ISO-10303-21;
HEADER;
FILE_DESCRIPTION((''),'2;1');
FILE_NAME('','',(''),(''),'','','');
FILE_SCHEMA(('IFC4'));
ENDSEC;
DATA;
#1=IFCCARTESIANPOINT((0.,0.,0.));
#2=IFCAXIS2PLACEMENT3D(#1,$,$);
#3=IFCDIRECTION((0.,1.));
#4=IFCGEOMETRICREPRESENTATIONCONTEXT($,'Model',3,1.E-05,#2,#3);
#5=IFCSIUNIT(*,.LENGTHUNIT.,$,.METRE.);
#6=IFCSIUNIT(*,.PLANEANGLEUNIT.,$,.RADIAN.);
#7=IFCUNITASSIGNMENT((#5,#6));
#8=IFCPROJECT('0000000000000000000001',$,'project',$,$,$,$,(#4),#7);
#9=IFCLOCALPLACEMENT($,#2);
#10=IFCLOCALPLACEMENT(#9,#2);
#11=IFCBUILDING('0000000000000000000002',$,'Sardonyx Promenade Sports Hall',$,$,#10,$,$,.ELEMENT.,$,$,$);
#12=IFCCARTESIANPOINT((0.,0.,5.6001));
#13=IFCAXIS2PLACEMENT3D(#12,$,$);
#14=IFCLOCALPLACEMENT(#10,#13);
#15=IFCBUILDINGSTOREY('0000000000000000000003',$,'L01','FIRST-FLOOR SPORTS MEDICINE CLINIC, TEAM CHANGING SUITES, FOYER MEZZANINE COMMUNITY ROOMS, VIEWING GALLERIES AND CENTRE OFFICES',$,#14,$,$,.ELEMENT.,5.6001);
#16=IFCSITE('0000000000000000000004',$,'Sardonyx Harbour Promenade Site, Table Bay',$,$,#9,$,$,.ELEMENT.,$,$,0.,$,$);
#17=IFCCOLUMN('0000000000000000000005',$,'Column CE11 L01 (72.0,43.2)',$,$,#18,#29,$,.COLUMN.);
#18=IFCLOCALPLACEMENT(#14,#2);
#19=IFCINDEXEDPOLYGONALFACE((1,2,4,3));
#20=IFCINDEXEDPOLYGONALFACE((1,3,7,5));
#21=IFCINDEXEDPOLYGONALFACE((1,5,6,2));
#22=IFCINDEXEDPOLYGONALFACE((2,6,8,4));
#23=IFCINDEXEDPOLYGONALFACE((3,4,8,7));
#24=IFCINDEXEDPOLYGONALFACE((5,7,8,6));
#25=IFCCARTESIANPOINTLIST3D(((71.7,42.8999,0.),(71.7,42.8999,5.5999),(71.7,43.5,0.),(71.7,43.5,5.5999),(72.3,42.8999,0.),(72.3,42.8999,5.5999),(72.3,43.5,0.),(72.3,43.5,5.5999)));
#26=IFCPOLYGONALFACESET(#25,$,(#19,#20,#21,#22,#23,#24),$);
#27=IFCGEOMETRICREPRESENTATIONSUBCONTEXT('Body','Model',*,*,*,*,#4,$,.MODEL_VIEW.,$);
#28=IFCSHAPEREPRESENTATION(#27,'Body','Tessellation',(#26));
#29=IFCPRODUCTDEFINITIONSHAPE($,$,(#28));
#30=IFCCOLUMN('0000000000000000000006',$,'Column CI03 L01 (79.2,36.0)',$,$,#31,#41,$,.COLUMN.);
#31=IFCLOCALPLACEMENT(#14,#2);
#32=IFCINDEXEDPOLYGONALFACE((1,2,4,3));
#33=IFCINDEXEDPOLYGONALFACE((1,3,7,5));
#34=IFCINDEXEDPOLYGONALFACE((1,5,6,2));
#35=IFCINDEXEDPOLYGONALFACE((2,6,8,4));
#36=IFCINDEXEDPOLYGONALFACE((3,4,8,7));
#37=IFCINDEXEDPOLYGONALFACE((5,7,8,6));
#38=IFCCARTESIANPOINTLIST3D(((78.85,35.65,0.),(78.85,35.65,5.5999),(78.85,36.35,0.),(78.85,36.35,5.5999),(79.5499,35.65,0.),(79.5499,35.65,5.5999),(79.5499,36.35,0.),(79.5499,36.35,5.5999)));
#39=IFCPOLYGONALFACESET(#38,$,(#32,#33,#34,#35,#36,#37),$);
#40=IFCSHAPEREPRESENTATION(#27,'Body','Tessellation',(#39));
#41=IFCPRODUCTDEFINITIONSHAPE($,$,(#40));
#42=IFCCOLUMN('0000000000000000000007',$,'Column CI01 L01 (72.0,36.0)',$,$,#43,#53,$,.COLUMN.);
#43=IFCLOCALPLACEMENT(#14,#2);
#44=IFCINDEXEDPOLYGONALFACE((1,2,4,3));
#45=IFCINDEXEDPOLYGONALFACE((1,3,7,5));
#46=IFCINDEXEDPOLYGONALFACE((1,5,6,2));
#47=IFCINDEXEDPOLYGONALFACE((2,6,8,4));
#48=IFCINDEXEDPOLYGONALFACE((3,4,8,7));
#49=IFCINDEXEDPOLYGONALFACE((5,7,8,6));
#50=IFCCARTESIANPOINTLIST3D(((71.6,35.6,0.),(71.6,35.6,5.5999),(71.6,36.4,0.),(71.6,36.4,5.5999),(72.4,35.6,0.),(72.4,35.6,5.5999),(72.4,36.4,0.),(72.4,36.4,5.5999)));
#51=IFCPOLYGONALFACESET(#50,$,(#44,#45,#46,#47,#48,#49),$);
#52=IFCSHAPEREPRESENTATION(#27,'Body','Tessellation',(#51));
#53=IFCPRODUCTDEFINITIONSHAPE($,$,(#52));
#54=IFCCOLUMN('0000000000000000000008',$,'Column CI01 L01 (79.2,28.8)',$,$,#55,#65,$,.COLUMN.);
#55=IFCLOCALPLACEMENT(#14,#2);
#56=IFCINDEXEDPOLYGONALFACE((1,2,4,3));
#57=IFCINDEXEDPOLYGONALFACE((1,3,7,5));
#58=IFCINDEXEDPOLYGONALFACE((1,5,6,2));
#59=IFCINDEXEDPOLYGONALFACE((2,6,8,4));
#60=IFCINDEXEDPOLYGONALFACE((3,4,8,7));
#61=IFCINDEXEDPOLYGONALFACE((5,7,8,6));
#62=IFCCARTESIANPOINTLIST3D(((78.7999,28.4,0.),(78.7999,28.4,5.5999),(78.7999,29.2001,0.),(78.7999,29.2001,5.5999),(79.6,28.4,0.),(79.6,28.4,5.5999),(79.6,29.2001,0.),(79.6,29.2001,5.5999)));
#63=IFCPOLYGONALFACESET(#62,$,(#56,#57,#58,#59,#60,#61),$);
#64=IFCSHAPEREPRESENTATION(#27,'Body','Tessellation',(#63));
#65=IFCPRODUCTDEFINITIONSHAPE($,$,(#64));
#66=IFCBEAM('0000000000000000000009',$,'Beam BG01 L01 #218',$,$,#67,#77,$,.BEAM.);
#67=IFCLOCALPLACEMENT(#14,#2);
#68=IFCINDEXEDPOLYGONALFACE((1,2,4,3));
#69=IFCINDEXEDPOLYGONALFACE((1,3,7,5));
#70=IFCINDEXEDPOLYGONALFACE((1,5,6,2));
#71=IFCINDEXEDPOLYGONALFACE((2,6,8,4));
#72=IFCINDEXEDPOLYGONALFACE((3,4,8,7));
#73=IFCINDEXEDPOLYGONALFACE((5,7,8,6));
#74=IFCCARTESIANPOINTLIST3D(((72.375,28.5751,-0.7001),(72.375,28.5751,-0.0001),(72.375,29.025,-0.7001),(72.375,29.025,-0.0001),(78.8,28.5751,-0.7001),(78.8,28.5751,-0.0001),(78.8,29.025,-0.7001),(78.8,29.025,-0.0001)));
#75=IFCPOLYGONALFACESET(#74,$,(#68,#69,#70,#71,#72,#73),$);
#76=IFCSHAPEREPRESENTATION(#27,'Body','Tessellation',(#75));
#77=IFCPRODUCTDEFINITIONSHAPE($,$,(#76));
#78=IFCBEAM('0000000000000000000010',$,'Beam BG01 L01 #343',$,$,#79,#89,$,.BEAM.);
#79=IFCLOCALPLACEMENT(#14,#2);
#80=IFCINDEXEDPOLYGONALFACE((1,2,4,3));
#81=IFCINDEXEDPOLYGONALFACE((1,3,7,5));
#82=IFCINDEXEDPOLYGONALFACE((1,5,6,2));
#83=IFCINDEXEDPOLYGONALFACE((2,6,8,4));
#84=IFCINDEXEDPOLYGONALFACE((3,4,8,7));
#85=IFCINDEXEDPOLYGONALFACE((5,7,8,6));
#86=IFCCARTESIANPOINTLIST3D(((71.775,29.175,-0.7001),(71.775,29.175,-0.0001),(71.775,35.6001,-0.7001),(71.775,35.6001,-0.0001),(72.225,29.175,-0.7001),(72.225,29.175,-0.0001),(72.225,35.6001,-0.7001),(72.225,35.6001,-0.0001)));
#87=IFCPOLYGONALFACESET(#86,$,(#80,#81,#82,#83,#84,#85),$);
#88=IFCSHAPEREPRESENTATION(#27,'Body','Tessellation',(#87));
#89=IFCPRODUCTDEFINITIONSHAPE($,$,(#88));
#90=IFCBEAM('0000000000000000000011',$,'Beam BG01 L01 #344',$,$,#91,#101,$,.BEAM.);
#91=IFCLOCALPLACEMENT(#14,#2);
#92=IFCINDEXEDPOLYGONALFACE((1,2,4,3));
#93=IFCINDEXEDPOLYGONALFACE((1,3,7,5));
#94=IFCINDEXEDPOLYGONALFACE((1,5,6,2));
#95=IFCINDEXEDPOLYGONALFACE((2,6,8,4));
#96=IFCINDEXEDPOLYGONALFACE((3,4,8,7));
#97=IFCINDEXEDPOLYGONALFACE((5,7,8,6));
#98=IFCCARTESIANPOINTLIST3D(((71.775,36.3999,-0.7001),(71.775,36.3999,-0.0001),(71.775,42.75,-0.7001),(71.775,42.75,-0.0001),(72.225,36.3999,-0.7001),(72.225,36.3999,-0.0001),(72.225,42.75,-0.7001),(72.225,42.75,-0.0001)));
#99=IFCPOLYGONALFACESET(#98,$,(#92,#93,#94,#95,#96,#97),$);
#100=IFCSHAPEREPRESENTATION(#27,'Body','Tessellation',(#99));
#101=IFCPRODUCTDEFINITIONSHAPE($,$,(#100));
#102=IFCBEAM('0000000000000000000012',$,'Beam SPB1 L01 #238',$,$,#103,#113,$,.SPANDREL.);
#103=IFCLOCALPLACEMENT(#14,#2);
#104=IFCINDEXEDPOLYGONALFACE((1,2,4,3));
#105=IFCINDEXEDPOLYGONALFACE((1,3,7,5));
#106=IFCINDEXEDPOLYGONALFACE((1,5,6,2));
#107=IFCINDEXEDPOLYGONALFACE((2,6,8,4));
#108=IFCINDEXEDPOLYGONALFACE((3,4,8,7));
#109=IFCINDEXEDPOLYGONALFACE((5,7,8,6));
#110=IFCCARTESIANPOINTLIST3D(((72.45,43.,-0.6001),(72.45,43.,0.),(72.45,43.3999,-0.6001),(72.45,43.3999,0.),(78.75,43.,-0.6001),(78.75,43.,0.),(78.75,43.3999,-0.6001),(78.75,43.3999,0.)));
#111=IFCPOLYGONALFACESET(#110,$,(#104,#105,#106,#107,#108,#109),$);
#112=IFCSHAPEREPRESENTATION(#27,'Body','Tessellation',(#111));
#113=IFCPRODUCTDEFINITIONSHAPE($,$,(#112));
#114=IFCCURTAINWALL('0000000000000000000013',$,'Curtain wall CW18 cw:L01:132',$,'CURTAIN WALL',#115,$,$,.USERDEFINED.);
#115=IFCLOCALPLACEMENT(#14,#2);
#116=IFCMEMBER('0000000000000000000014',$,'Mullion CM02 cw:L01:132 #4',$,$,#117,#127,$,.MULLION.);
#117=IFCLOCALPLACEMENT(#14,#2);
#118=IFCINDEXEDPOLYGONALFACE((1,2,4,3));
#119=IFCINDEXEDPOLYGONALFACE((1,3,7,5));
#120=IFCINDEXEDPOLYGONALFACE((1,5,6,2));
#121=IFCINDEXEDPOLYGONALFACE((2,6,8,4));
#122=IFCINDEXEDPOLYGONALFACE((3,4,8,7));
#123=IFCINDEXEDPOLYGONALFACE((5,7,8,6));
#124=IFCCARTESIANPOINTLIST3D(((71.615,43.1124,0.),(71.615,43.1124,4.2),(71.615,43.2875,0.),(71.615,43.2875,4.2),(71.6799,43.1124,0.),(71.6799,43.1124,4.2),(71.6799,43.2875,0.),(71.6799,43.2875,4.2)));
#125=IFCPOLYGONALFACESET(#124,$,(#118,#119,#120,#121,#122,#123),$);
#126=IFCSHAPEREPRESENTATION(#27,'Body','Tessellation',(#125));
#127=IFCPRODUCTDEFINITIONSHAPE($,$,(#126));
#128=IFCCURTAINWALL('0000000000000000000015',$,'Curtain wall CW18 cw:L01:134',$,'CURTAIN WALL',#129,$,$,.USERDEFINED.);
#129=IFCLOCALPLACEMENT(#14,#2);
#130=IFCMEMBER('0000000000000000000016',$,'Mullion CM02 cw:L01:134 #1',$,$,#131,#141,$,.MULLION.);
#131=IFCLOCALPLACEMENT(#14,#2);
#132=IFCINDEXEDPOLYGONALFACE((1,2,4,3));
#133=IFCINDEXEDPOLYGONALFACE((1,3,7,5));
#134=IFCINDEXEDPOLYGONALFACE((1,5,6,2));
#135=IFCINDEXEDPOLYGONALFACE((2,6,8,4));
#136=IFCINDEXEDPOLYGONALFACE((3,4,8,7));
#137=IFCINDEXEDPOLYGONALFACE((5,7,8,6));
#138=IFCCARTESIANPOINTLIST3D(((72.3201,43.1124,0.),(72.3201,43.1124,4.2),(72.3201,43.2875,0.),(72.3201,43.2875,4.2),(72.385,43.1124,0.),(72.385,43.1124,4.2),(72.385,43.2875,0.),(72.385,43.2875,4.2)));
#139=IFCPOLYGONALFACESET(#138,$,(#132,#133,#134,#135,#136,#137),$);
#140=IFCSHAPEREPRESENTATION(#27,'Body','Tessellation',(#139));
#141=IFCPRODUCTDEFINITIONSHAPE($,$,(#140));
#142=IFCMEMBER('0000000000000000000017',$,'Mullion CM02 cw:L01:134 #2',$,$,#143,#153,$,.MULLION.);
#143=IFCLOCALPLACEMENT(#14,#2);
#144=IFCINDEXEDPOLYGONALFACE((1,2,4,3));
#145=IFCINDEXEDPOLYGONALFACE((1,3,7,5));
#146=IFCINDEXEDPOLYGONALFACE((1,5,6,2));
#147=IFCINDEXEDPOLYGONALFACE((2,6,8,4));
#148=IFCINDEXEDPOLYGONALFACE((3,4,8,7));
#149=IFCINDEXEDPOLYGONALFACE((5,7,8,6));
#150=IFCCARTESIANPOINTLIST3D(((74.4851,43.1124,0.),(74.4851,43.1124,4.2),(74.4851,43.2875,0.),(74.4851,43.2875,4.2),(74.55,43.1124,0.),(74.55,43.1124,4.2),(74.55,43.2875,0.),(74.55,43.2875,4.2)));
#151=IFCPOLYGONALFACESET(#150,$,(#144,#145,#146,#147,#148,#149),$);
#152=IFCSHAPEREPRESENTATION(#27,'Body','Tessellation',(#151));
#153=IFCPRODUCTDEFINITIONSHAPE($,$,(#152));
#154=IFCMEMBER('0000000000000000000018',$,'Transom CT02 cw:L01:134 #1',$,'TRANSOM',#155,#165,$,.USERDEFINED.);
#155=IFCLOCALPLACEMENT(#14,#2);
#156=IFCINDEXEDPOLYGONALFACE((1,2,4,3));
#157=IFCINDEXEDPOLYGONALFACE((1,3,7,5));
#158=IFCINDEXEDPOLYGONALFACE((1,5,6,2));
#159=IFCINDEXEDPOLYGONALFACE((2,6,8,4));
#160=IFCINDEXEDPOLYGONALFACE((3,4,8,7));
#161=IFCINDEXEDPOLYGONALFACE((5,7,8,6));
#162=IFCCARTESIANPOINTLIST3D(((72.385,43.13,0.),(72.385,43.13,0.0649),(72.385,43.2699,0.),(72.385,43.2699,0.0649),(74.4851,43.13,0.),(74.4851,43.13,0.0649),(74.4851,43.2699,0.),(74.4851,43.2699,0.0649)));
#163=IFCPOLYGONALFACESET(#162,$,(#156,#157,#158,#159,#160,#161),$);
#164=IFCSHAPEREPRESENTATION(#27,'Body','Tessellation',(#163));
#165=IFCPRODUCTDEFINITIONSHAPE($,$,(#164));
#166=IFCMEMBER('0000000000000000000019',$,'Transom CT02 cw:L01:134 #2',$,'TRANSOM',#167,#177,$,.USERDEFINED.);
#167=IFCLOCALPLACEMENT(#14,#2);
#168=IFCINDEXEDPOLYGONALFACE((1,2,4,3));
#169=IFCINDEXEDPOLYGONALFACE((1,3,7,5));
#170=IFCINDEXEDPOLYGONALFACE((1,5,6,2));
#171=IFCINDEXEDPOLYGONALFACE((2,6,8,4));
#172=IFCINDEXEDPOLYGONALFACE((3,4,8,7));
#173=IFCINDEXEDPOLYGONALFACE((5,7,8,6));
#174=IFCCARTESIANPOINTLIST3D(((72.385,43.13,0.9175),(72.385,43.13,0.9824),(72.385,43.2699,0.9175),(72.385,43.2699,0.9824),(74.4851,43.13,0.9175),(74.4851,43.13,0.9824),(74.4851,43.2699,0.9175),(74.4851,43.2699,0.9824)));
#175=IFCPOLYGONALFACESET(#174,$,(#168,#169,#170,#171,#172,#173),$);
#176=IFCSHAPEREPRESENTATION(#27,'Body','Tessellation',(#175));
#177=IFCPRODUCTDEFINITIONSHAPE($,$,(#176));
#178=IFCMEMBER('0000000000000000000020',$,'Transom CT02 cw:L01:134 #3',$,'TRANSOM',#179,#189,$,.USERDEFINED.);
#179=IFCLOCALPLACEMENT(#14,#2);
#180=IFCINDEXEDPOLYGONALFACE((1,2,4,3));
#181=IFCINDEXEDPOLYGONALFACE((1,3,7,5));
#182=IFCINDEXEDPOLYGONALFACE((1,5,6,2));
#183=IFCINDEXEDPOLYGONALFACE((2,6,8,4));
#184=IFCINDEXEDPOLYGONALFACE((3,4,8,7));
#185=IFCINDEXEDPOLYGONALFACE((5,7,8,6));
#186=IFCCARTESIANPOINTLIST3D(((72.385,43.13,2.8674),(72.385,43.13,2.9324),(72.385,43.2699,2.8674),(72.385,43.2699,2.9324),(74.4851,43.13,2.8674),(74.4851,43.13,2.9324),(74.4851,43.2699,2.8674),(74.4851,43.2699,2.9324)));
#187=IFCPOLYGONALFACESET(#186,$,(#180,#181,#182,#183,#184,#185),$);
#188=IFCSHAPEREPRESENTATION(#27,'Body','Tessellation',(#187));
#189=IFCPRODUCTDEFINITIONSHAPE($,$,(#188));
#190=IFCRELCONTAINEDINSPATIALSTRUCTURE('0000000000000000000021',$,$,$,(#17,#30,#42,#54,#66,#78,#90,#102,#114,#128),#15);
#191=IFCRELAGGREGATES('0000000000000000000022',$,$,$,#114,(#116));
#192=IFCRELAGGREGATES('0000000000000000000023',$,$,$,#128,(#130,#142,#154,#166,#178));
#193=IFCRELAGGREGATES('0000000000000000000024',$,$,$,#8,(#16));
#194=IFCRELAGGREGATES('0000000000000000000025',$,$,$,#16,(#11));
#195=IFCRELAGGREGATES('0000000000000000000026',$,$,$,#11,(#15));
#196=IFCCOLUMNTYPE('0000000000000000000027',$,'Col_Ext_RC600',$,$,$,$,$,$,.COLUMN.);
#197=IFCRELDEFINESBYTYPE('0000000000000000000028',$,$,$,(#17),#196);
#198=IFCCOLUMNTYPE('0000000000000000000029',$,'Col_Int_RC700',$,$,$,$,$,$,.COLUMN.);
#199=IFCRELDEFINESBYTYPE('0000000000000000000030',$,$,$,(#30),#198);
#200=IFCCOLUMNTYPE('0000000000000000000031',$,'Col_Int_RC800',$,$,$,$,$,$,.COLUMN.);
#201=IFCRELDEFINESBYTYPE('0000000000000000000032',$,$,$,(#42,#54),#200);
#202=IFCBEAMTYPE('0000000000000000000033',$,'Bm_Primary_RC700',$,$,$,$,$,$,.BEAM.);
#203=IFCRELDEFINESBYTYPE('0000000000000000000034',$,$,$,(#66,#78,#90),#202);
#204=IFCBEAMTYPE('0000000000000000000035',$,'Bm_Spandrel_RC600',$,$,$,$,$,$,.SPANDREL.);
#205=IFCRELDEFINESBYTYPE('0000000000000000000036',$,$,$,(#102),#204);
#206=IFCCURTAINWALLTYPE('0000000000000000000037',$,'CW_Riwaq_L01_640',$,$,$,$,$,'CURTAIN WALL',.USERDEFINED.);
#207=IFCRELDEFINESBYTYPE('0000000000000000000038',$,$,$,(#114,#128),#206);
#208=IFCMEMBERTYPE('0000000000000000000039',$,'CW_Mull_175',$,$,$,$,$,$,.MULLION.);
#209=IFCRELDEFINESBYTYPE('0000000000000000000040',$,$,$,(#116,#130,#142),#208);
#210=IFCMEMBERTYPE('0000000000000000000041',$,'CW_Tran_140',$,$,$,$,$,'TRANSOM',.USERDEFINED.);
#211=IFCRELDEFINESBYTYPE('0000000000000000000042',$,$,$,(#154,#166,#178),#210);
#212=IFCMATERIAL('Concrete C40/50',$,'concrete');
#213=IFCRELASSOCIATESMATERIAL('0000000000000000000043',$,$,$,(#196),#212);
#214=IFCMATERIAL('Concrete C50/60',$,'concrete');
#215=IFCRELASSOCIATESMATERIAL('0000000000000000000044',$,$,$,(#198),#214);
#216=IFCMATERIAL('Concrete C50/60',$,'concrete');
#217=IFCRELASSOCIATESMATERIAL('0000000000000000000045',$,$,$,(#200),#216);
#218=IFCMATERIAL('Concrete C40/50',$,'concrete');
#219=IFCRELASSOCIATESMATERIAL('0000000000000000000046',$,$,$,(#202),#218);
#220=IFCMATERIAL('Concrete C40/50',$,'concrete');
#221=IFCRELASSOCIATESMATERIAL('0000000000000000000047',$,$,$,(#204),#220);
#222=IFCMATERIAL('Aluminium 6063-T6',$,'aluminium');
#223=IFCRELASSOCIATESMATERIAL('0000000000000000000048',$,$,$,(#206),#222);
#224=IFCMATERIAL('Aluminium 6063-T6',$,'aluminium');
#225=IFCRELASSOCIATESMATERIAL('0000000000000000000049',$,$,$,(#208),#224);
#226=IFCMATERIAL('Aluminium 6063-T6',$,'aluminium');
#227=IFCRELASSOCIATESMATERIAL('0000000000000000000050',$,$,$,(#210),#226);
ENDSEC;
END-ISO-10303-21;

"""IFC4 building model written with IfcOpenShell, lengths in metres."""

from ifc_helpers import new_model, si_unit, direction, frame, origin, origin_2d, place, context, subcontext, project, spatial, rectangle, extrude, material, material_profile, profile_set, type_object, element, aggregate, save


model = new_model("IFC4")

# Units and contexts
model_context = context("Model", 3, precision=1e-05, world=origin(), true_north=direction((0.0, 1.0)))
body_context = subcontext(model_context, "Body", "Model", "MODEL_VIEW")
ifc_project = project(units=[si_unit("LENGTHUNIT", "METRE"), si_unit("PLANEANGLEUNIT", "RADIAN")], contexts=[model_context])

# Site, building, storey
site_placement = place(None, origin())
site = spatial("IfcSite", under=ifc_project, at=site_placement, Name="Sardonyx Harbour Promenade Site, Table Bay", CompositionType="ELEMENT", RefElevation=0.0)
building_placement = place(site_placement, origin())
building = spatial("IfcBuilding", under=site, at=building_placement, Name="Sardonyx Promenade Sports Hall", CompositionType="ELEMENT")
storey_placement = place(building_placement, frame((0.0, 0.0, 5.6001)))
storey = spatial("IfcBuildingStorey", under=building, at=storey_placement, Name="L01", Description="FIRST-FLOOR SPORTS MEDICINE CLINIC, TEAM CHANGING SUITES, FOYER MEZZANINE COMMUNITY ROOMS, VIEWING GALLERIES AND CENTRE OFFICES", CompositionType="ELEMENT", Elevation=5.6001)

# Columns
ifc_material_1 = material(Name="Concrete C40/50", Category="concrete")
ifc_material_profile_1 = material_profile(ifc_material_1, rectangle(XDim=0.6001, YDim=0.6001, at=origin_2d()))
ifc_profile_set_1 = profile_set([ifc_material_profile_1], Name="Concrete C40/50")
column_type_1 = type_object("IfcColumnType", Name="Col_Ext_RC600", PredefinedType="COLUMN", material=ifc_profile_set_1)
column_1_placement = place(storey_placement, frame((72.0, 43.2, 0.0), z_axis=(0.0, 0.0, 1.0), x_axis=(1.0, 0.0, 0.0)))
element("IfcColumn", 1, at=column_1_placement, inside=storey, type_object=column_type_1, Name="Column CE11 L01 (72.0,43.2)", PredefinedType="COLUMN", context=body_context, shape_type="SweptSolid", body=[
    extrude(rectangle(XDim=0.6001, YDim=0.6001, at=origin_2d()), origin(), (0.0, 0.0, 1.0), 5.5999),
])
ifc_material_2 = material(Name="Concrete C50/60", Category="concrete")
ifc_material_profile_2 = material_profile(ifc_material_2, rectangle(XDim=0.7, YDim=0.7, at=origin_2d()))
ifc_profile_set_2 = profile_set([ifc_material_profile_2], Name="Concrete C50/60")
column_type_2 = type_object("IfcColumnType", Name="Col_Int_RC700", PredefinedType="COLUMN", material=ifc_profile_set_2)
column_2_placement = place(storey_placement, frame((79.2, 36.0, 0.0), z_axis=(0.0, 0.0, 1.0), x_axis=(1.0, 0.0, 0.0)))
element("IfcColumn", 2, at=column_2_placement, inside=storey, type_object=column_type_2, Name="Column CI03 L01 (79.2,36.0)", PredefinedType="COLUMN", context=body_context, shape_type="SweptSolid", body=[
    extrude(rectangle(XDim=0.7, YDim=0.7, at=origin_2d()), origin(), (0.0, 0.0, 1.0), 5.5999),
])
ifc_material_3 = material(Name="Concrete C50/60", Category="concrete")
ifc_material_profile_3 = material_profile(ifc_material_3, rectangle(XDim=0.8, YDim=0.8, at=origin_2d()))
ifc_profile_set_3 = profile_set([ifc_material_profile_3], Name="Concrete C50/60")
column_type_3 = type_object("IfcColumnType", Name="Col_Int_RC800", PredefinedType="COLUMN", material=ifc_profile_set_3)
for number, where, z_axis, x_axis, name in (
    (3, (72.0, 36.0, 0.0), (0.0, 0.0, 1.0), (1.0, 0.0, 0.0), "Column CI01 L01 (72.0,36.0)"),
    (4, (79.2, 28.8, 0.0), (0.0, 0.0, 1.0), (1.0, 0.0, 0.0), "Column CI01 L01 (79.2,28.8)"),
):
    element("IfcColumn", number, at=place(storey_placement, frame(where, z_axis=z_axis, x_axis=x_axis)), inside=storey, type_object=column_type_3, Name=name, PredefinedType="COLUMN", context=body_context, shape_type="SweptSolid", body=[
        extrude(rectangle(XDim=0.8, YDim=0.8, at=origin_2d()), origin(), (0.0, 0.0, 1.0), 5.5999),
    ])

# Beams
ifc_material_4 = material(Name="Concrete C40/50", Category="concrete")
ifc_material_profile_4 = material_profile(ifc_material_4, rectangle(XDim=0.45, YDim=0.7, at=origin_2d()))
ifc_profile_set_4 = profile_set([ifc_material_profile_4], Name="Concrete C40/50")
beam_type_1 = type_object("IfcBeamType", Name="Bm_Primary_RC700", PredefinedType="BEAM", material=ifc_profile_set_4)
for number, where, z_axis, x_axis, name in (
    (5, (72.375, 28.8, -0.3501), (1.0, 0.0, 0.0), (0.0, 1.0, 0.0), "Beam BG01 L01 #218"),
    (6, (72.0, 29.175, -0.3501), (0.0, 1.0, 0.0), (-1.0, 0.0, 0.0), "Beam BG01 L01 #343"),
):
    element("IfcBeam", number, at=place(storey_placement, frame(where, z_axis=z_axis, x_axis=x_axis)), inside=storey, type_object=beam_type_1, Name=name, PredefinedType="BEAM", context=body_context, shape_type="SweptSolid", body=[
        extrude(rectangle(XDim=0.45, YDim=0.7, at=origin_2d()), origin(), (0.0, 0.0, 1.0), 6.425),
    ])
beam_1_placement = place(storey_placement, frame((72.0, 36.3999, -0.3501), z_axis=(0.0, 1.0, 0.0), x_axis=(-1.0, 0.0, 0.0)))
element("IfcBeam", 7, at=beam_1_placement, inside=storey, type_object=beam_type_1, Name="Beam BG01 L01 #344", PredefinedType="BEAM", context=body_context, shape_type="SweptSolid", body=[
    extrude(rectangle(XDim=0.45, YDim=0.7, at=origin_2d()), origin(), (0.0, 0.0, 1.0), 6.3501),
])
ifc_material_5 = material(Name="Concrete C40/50", Category="concrete")
ifc_material_profile_5 = material_profile(ifc_material_5, rectangle(XDim=0.3999, YDim=0.6001, at=origin_2d()))
ifc_profile_set_5 = profile_set([ifc_material_profile_5], Name="Concrete C40/50")
beam_type_2 = type_object("IfcBeamType", Name="Bm_Spandrel_RC600", PredefinedType="SPANDREL", material=ifc_profile_set_5)
beam_2_placement = place(storey_placement, frame((72.45, 43.2, -0.3), z_axis=(1.0, 0.0, 0.0), x_axis=(0.0, 1.0, 0.0)))
element("IfcBeam", 8, at=beam_2_placement, inside=storey, type_object=beam_type_2, Name="Beam SPB1 L01 #238", PredefinedType="SPANDREL", context=body_context, shape_type="SweptSolid", body=[
    extrude(rectangle(XDim=0.3999, YDim=0.6001, at=origin_2d()), origin(), (0.0, 0.0, 1.0), 6.3),
])

# Curtain wall, member
ifc_material_6 = material(Name="Aluminium 6063-T6", Category="aluminium")
curtain_wall_type = type_object("IfcCurtainWallType", Name="CW_Riwaq_L01_640", ElementType="CURTAIN WALL", PredefinedType="USERDEFINED", material=ifc_material_6)
curtain_wall_1_placement = place(storey_placement, origin())
curtain_wall_1 = element("IfcCurtainWall", 9, at=curtain_wall_1_placement, inside=storey, type_object=curtain_wall_type, Name="Curtain wall CW18 cw:L01:132", ObjectType="CURTAIN WALL", PredefinedType="USERDEFINED")
ifc_material_7 = material(Name="Aluminium 6063-T6", Category="aluminium")
ifc_material_profile_6 = material_profile(ifc_material_7, rectangle(XDim=0.0649, YDim=0.175, at=origin_2d()))
ifc_profile_set_6 = profile_set([ifc_material_profile_6], Name="Aluminium 6063-T6")
member_type_1 = type_object("IfcMemberType", Name="CW_Mull_175", PredefinedType="MULLION", material=ifc_profile_set_6)
member_1_placement = place(storey_placement, frame((71.6475, 43.2, 0.0), z_axis=(0.0, 0.0, 1.0), x_axis=(1.0, 0.0, 0.0)))
member_1 = element("IfcMember", 10, at=member_1_placement, type_object=member_type_1, Name="Mullion CM02 cw:L01:132 #4", PredefinedType="MULLION", context=body_context, shape_type="SweptSolid", body=[
    extrude(rectangle(XDim=0.0649, YDim=0.175, at=origin_2d()), origin(), (0.0, 0.0, 1.0), 4.2),
])
aggregate(curtain_wall_1, [member_1])

# Curtain wall, members
curtain_wall_2_placement = place(storey_placement, origin())
curtain_wall_2 = element("IfcCurtainWall", 11, at=curtain_wall_2_placement, inside=storey, type_object=curtain_wall_type, Name="Curtain wall CW18 cw:L01:134", ObjectType="CURTAIN WALL", PredefinedType="USERDEFINED")
member_2_placement = place(storey_placement, frame((72.3525, 43.2, 0.0), z_axis=(0.0, 0.0, 1.0), x_axis=(1.0, 0.0, 0.0)))
member_2 = element("IfcMember", 12, at=member_2_placement, type_object=member_type_1, Name="Mullion CM02 cw:L01:134 #1", PredefinedType="MULLION", context=body_context, shape_type="SweptSolid", body=[
    extrude(rectangle(XDim=0.0649, YDim=0.175, at=origin_2d()), origin(), (0.0, 0.0, 1.0), 4.2),
])
member_3_placement = place(storey_placement, frame((74.5176, 43.2, 0.0), z_axis=(0.0, 0.0, 1.0), x_axis=(1.0, 0.0, 0.0)))
member_3 = element("IfcMember", 13, at=member_3_placement, type_object=member_type_1, Name="Mullion CM02 cw:L01:134 #2", PredefinedType="MULLION", context=body_context, shape_type="SweptSolid", body=[
    extrude(rectangle(XDim=0.0649, YDim=0.175, at=origin_2d()), origin(), (0.0, 0.0, 1.0), 4.2),
])
ifc_material_8 = material(Name="Aluminium 6063-T6", Category="aluminium")
ifc_material_profile_7 = material_profile(ifc_material_8, rectangle(XDim=0.0649, YDim=0.1399, at=origin_2d()))
ifc_profile_set_7 = profile_set([ifc_material_profile_7], Name="Aluminium 6063-T6")
member_type_2 = type_object("IfcMemberType", Name="CW_Tran_140", ElementType="TRANSOM", PredefinedType="USERDEFINED", material=ifc_profile_set_7)
member_4_placement = place(storey_placement, frame((72.385, 43.2, 0.0325), z_axis=(1.0, 0.0, 0.0), x_axis=(0.0, 0.0, 1.0)))
member_4 = element("IfcMember", 14, at=member_4_placement, type_object=member_type_2, Name="Transom CT02 cw:L01:134 #1", ObjectType="TRANSOM", PredefinedType="USERDEFINED", context=body_context, shape_type="SweptSolid", body=[
    extrude(rectangle(XDim=0.0649, YDim=0.1399, at=origin_2d()), origin(), (0.0, 0.0, 1.0), 2.1001),
])
member_5_placement = place(storey_placement, frame((72.385, 43.2, 0.95), z_axis=(1.0, 0.0, 0.0), x_axis=(0.0, 0.0, 1.0)))
member_5 = element("IfcMember", 15, at=member_5_placement, type_object=member_type_2, Name="Transom CT02 cw:L01:134 #2", ObjectType="TRANSOM", PredefinedType="USERDEFINED", context=body_context, shape_type="SweptSolid", body=[
    extrude(rectangle(XDim=0.0649, YDim=0.1399, at=origin_2d()), origin(), (0.0, 0.0, 1.0), 2.1001),
])
member_6_placement = place(storey_placement, frame((72.385, 43.2, 2.8999), z_axis=(1.0, 0.0, 0.0), x_axis=(0.0, 0.0, 1.0)))
member_6 = element("IfcMember", 16, at=member_6_placement, type_object=member_type_2, Name="Transom CT02 cw:L01:134 #3", ObjectType="TRANSOM", PredefinedType="USERDEFINED", context=body_context, shape_type="SweptSolid", body=[
    extrude(rectangle(XDim=0.0649, YDim=0.1399, at=origin_2d()), origin(), (0.0, 0.0, 1.0), 2.1001),
])

aggregate(curtain_wall_2, [member_2, member_3, member_4, member_5, member_6])

save(model, "model.ifc")
